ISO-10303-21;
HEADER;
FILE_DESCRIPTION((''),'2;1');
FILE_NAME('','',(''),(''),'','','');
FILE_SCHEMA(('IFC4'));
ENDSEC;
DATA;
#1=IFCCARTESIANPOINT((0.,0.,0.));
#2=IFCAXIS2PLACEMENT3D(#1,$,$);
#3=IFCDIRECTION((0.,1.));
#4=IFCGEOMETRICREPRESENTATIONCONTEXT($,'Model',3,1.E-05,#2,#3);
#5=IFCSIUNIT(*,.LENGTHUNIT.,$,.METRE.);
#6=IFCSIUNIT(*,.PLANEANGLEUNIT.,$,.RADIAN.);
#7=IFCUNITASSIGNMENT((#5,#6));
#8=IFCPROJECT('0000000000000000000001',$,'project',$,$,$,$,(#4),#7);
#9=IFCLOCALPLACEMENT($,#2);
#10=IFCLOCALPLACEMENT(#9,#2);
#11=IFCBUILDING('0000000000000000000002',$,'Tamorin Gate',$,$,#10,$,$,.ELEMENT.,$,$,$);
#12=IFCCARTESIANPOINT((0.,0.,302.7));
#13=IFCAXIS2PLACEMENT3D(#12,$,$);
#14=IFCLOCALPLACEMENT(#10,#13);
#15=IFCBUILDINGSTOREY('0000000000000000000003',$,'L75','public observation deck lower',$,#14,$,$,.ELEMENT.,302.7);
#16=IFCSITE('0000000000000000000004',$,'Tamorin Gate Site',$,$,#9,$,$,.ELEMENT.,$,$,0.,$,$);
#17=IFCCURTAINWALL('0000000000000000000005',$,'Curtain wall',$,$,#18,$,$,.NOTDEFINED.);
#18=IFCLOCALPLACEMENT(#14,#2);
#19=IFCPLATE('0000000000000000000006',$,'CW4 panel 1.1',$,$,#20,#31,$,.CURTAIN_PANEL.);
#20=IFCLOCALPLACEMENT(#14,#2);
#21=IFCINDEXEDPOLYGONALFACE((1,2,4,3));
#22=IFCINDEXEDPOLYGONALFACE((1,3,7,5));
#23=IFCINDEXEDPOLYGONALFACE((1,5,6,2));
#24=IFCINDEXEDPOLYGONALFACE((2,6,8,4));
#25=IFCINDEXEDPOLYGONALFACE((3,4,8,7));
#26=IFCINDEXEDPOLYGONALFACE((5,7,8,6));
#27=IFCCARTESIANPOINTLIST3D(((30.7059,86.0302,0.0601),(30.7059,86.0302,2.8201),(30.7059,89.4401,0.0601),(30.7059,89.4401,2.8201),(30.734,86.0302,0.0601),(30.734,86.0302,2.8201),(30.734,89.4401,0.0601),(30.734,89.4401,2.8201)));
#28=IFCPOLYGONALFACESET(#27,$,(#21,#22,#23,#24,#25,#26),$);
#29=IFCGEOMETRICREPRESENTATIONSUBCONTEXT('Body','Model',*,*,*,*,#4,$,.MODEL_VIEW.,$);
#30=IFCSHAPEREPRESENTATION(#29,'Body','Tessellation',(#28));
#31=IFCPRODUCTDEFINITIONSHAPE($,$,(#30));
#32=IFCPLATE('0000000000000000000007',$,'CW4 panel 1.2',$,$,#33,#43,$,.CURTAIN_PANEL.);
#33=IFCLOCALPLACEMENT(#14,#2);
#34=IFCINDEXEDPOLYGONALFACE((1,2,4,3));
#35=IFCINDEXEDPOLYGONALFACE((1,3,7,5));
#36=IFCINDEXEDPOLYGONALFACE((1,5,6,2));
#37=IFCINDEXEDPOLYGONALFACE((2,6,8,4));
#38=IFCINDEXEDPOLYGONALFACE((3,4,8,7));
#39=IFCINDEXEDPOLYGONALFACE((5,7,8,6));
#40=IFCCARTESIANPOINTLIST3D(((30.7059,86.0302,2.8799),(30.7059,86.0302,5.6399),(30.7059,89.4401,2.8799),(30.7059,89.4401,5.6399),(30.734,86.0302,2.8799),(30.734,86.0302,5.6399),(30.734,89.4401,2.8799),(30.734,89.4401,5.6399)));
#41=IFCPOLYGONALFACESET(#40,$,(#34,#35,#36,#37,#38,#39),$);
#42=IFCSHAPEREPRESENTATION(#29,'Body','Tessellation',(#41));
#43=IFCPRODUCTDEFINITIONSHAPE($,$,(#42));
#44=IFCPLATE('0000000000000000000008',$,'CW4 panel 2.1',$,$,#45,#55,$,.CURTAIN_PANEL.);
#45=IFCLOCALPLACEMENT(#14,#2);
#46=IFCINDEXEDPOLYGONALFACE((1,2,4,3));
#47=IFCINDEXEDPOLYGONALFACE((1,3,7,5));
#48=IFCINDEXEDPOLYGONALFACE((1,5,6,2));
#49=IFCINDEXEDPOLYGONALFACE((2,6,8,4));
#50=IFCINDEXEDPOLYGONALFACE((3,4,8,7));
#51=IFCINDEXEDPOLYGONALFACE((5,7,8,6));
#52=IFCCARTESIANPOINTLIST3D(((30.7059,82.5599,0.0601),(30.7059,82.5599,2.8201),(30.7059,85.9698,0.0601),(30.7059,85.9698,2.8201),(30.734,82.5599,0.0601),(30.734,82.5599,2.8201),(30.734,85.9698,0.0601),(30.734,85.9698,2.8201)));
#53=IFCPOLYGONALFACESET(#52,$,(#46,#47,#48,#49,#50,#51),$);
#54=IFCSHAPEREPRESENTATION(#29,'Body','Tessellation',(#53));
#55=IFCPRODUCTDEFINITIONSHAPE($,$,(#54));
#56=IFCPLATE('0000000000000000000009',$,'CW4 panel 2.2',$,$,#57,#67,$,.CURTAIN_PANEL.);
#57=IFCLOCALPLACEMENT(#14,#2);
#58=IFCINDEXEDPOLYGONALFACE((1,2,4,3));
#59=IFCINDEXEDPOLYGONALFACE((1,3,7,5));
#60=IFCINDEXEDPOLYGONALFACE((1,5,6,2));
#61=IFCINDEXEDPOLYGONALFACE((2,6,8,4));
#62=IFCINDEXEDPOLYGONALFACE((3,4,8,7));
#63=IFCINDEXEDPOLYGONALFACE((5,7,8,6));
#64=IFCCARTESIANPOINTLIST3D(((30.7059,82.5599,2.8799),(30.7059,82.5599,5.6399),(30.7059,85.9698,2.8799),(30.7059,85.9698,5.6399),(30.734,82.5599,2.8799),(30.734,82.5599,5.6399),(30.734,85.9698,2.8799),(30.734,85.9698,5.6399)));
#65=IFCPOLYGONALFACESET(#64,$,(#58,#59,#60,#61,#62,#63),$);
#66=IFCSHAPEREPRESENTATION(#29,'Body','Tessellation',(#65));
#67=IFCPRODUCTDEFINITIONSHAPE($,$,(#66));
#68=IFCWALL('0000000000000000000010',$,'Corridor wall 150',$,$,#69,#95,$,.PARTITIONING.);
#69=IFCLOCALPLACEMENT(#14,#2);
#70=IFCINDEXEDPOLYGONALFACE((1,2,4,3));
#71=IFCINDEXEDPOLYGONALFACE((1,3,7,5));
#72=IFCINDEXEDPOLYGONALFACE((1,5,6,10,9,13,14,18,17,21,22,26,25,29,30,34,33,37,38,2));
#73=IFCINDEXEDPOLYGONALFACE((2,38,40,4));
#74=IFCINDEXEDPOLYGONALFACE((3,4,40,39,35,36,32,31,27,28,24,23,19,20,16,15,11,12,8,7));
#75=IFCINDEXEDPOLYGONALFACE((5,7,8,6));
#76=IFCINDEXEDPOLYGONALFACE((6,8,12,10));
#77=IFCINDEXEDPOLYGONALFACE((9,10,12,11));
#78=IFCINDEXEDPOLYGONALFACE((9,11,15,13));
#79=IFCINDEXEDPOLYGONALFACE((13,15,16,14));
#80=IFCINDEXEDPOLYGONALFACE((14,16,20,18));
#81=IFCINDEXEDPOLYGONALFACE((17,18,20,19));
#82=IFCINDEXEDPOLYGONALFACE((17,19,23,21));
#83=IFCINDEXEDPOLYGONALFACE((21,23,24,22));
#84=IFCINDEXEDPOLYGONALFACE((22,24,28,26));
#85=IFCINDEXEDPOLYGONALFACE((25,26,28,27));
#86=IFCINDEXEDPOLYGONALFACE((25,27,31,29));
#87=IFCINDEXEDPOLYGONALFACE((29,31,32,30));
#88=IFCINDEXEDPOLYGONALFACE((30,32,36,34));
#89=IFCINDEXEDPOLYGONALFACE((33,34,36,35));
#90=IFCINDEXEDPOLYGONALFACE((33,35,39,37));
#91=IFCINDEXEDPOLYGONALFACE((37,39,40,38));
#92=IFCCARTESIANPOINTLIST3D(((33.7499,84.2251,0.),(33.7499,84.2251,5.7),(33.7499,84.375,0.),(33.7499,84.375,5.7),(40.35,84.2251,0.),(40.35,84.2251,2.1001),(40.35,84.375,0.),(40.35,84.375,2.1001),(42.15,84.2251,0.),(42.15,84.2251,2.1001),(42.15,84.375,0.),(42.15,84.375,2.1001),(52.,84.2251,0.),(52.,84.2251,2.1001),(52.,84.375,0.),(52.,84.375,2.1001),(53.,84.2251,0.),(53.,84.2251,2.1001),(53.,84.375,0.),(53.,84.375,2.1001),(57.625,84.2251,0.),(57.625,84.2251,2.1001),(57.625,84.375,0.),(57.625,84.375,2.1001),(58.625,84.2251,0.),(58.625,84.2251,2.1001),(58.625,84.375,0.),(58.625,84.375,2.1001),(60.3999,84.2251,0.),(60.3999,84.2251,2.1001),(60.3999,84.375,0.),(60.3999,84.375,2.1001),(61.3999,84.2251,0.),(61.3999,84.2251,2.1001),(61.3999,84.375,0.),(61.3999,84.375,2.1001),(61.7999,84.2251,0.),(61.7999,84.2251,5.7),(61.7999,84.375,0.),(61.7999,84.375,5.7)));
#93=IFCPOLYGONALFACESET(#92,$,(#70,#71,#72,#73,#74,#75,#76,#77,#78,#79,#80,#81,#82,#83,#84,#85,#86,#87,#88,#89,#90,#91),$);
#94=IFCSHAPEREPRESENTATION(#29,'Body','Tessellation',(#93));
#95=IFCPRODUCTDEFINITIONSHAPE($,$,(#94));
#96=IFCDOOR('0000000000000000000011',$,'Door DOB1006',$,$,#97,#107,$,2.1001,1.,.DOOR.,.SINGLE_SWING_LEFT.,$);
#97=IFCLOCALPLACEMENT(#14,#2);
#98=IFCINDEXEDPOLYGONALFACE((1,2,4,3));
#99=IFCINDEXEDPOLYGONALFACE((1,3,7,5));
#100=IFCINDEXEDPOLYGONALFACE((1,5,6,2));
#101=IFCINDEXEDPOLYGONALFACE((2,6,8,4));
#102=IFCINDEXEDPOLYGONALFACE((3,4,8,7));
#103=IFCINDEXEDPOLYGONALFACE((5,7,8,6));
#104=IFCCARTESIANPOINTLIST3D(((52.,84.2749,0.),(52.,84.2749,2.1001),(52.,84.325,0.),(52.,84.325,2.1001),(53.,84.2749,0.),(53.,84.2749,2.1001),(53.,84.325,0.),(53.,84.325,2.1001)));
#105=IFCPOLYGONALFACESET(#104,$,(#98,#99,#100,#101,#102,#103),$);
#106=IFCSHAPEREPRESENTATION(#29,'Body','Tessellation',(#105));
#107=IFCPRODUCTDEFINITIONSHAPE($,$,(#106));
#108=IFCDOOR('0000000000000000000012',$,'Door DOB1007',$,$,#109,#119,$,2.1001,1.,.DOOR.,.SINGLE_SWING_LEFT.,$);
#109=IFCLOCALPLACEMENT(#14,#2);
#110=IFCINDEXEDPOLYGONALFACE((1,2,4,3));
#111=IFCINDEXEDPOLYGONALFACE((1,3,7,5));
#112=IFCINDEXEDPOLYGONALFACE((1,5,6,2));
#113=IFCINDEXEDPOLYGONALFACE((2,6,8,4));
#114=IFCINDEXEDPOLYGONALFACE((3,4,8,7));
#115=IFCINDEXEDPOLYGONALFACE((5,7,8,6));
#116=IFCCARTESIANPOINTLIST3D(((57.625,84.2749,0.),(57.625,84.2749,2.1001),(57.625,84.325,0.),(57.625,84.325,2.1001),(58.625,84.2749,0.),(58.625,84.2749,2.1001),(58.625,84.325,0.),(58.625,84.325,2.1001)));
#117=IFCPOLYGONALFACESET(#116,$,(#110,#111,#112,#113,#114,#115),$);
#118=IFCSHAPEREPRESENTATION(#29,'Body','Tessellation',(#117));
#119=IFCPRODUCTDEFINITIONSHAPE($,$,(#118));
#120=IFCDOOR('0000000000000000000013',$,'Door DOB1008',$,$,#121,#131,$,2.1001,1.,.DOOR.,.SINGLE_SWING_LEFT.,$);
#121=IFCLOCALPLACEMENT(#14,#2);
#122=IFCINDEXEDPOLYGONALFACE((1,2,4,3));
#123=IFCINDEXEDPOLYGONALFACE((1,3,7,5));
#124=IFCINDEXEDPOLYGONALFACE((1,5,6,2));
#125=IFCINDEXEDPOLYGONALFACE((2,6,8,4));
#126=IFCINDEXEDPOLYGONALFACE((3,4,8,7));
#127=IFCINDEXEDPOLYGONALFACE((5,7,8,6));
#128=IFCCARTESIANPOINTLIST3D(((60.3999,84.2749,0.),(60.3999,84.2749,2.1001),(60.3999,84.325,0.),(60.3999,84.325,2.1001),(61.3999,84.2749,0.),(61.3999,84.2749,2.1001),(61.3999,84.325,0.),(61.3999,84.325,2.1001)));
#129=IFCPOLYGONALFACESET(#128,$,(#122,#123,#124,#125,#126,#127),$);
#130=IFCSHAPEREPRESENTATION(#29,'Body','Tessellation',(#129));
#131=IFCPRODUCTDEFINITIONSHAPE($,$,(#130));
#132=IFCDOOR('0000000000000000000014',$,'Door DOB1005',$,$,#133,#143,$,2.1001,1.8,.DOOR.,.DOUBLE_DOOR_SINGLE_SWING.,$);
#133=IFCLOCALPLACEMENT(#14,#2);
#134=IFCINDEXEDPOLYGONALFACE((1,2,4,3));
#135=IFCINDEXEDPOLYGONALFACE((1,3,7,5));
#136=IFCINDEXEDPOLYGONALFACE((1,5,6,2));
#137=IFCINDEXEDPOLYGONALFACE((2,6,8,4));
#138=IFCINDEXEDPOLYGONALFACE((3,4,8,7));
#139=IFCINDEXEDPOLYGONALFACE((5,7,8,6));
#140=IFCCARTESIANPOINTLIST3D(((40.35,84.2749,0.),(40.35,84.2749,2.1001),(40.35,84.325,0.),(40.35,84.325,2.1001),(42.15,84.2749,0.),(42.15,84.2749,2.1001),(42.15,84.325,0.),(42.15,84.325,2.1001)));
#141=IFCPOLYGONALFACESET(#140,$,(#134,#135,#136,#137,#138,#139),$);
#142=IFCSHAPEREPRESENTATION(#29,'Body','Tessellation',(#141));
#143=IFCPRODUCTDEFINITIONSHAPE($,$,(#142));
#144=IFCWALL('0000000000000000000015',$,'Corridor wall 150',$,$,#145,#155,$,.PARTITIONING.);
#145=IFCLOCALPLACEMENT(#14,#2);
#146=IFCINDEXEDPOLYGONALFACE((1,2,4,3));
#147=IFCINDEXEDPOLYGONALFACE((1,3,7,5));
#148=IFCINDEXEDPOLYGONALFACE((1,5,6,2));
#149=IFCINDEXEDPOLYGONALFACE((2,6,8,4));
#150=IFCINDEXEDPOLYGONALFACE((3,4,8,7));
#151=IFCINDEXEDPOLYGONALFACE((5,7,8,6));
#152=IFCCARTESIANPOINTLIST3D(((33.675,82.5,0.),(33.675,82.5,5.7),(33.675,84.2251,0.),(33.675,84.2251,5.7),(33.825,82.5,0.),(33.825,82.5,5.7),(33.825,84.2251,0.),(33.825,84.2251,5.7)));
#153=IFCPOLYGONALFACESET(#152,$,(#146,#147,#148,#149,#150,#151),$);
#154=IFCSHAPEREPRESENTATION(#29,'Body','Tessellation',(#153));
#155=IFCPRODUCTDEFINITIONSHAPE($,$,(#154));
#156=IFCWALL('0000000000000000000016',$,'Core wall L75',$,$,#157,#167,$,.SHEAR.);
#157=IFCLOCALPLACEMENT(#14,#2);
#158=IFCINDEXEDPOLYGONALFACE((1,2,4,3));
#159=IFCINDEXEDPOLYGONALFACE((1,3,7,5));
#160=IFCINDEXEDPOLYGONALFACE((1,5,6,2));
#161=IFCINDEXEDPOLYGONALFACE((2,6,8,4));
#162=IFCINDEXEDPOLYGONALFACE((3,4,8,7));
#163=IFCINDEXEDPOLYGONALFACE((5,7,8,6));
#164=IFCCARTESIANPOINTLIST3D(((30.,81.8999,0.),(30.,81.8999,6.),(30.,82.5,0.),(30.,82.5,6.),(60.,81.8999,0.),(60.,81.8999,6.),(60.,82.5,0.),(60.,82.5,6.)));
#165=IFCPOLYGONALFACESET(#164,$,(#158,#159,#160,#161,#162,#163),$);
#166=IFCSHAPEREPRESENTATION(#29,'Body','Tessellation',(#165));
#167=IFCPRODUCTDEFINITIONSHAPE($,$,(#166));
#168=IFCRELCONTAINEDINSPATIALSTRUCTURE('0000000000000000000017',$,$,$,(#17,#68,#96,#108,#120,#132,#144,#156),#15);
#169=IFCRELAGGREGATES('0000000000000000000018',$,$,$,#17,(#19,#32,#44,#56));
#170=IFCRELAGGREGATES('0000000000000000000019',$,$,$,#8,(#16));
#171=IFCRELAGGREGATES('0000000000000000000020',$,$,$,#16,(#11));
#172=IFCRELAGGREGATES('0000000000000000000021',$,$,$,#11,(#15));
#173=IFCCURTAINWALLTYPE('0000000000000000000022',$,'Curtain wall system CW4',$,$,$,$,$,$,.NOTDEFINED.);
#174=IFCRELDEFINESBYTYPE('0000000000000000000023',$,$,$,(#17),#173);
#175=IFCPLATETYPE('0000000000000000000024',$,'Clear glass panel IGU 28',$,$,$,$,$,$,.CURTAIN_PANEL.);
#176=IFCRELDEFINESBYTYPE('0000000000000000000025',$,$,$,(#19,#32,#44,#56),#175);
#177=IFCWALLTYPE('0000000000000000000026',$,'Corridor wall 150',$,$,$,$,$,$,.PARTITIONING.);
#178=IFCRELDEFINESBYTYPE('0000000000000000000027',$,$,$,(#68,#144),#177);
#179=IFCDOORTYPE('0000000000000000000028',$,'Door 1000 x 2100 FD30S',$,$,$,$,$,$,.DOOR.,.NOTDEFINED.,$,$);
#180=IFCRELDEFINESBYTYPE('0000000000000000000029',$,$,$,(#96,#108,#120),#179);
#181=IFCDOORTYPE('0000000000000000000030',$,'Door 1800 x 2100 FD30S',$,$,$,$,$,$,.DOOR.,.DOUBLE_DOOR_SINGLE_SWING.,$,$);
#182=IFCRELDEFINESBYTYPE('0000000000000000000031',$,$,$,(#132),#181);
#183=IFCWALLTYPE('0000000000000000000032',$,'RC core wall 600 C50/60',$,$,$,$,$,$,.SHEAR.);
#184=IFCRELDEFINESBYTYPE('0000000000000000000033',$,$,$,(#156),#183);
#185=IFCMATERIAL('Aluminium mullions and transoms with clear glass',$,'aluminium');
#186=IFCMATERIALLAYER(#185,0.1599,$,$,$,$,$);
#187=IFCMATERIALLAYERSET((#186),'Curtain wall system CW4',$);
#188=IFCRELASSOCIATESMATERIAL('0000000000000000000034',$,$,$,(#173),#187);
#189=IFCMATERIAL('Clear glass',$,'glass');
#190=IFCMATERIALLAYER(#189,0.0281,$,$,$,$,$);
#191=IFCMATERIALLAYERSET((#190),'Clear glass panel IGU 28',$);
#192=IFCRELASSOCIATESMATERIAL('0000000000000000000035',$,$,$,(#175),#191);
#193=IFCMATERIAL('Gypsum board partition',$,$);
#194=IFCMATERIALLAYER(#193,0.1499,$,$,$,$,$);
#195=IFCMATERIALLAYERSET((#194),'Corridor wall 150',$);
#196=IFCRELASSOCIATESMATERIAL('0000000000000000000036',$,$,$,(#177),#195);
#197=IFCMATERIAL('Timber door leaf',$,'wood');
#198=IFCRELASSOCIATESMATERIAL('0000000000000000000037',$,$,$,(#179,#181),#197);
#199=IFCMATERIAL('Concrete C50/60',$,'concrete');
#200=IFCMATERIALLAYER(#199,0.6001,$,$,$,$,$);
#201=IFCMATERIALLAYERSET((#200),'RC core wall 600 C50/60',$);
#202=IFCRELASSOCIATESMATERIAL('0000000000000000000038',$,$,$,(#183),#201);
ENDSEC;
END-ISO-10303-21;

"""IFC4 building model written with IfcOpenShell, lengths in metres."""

from ifc_helpers import new_model, si_unit, direction, frame, frame_2d, origin, origin_2d, place, context, subcontext, project, spatial, rectangle, extrude, material, layer, layer_set, type_object, element, fill, aggregate, save


model = new_model("IFC4")

# Units and contexts
model_context = context("Model", 3, precision=1e-05, world=origin(), true_north=direction((0.0, 1.0)))
body_context = subcontext(model_context, "Body", "Model", "MODEL_VIEW")
ifc_project = project(units=[si_unit("LENGTHUNIT", "METRE"), si_unit("PLANEANGLEUNIT", "RADIAN")], contexts=[model_context])

# Site, building, storey
site_placement = place(None, origin())
site = spatial("IfcSite", under=ifc_project, at=site_placement, Name="Tamorin Gate Site", CompositionType="ELEMENT", RefElevation=0.0)
building_placement = place(site_placement, origin())
building = spatial("IfcBuilding", under=site, at=building_placement, Name="Tamorin Gate", CompositionType="ELEMENT")
storey_placement = place(building_placement, frame((0.0, 0.0, 302.7)))
storey = spatial("IfcBuildingStorey", under=building, at=storey_placement, Name="L75", Description="public observation deck lower", CompositionType="ELEMENT", Elevation=302.7)

# Shared definitions
ifc_material_1 = material(Name="Concrete C50/60", Category="concrete")

# Curtain wall
ifc_material_2 = material(Name="Aluminium mullions and transoms with clear glass", Category="aluminium")
ifc_layer_1 = layer(ifc_material_2, 0.1599)
ifc_layer_set_1 = layer_set([ifc_layer_1], Name="Curtain wall system CW4")
curtain_wall_type = type_object("IfcCurtainWallType", Name="Curtain wall system CW4", PredefinedType="NOTDEFINED", material=ifc_layer_set_1)
curtain_wall_placement = place(storey_placement, origin())
curtain_wall = element("IfcCurtainWall", 1, at=curtain_wall_placement, inside=storey, type_object=curtain_wall_type, Name="Curtain wall", PredefinedType="NOTDEFINED")

# Plates
ifc_material_3 = material(Name="Clear glass", Category="glass")
ifc_layer_2 = layer(ifc_material_3, 0.0281)
ifc_layer_set_2 = layer_set([ifc_layer_2], Name="Clear glass panel IGU 28")
plate_type = type_object("IfcPlateType", Name="Clear glass panel IGU 28", PredefinedType="CURTAIN_PANEL", material=ifc_layer_set_2)
plate_1_placement = place(storey_placement, frame((30.72, 87.7351, 0.0601), z_axis=(0.0, 0.0, 1.0), x_axis=(0.0, -1.0, 0.0)))
plate_1 = element("IfcPlate", 2, at=plate_1_placement, type_object=plate_type, Name="CW4 panel 1.1", PredefinedType="CURTAIN_PANEL", context=body_context, shape_type="SweptSolid", body=[
    extrude(rectangle(XDim=3.4099, YDim=0.0281, at=origin_2d()), origin(), (0.0, 0.0, 1.0), 2.76),
])
plate_2_placement = place(storey_placement, frame((30.72, 87.7351, 2.8799), z_axis=(0.0, 0.0, 1.0), x_axis=(0.0, -1.0, 0.0)))
plate_2 = element("IfcPlate", 3, at=plate_2_placement, type_object=plate_type, Name="CW4 panel 1.2", PredefinedType="CURTAIN_PANEL", context=body_context, shape_type="SweptSolid", body=[
    extrude(rectangle(XDim=3.4099, YDim=0.0281, at=origin_2d()), origin(), (0.0, 0.0, 1.0), 2.76),
])
plate_3_placement = place(storey_placement, frame((30.72, 84.2649, 0.0601), z_axis=(0.0, 0.0, 1.0), x_axis=(0.0, -1.0, 0.0)))
plate_3 = element("IfcPlate", 4, at=plate_3_placement, type_object=plate_type, Name="CW4 panel 2.1", PredefinedType="CURTAIN_PANEL", context=body_context, shape_type="SweptSolid", body=[
    extrude(rectangle(XDim=3.4099, YDim=0.0281, at=origin_2d()), origin(), (0.0, 0.0, 1.0), 2.76),
])
plate_4_placement = place(storey_placement, frame((30.72, 84.2649, 2.8799), z_axis=(0.0, 0.0, 1.0), x_axis=(0.0, -1.0, 0.0)))
plate_4 = element("IfcPlate", 5, at=plate_4_placement, type_object=plate_type, Name="CW4 panel 2.2", PredefinedType="CURTAIN_PANEL", context=body_context, shape_type="SweptSolid", body=[
    extrude(rectangle(XDim=3.4099, YDim=0.0281, at=origin_2d()), origin(), (0.0, 0.0, 1.0), 2.76),
])
aggregate(curtain_wall, [plate_1, plate_2, plate_3, plate_4])

# Wall, openings, doors
ifc_material_4 = material(Name="Gypsum board partition")
ifc_layer_3 = layer(ifc_material_4, 0.1499)
ifc_layer_set_3 = layer_set([ifc_layer_3], Name="Corridor wall 150")
wall_type_1 = type_object("IfcWallType", Name="Corridor wall 150", PredefinedType="PARTITIONING", material=ifc_layer_set_3)
wall_1_placement = place(storey_placement, frame((33.75, 84.3, 0.0), z_axis=(0.0, 0.0, 1.0), x_axis=(1.0, 0.0, 0.0)))
wall_1 = element("IfcWall", 6, at=wall_1_placement, inside=storey, type_object=wall_type_1, Name="Corridor wall 150", PredefinedType="PARTITIONING", context=body_context, shape_type="SweptSolid", body=[
    extrude(rectangle(XDim=28.05, YDim=0.1499, at=frame_2d((14.0249, 0.0))), origin(), (0.0, 0.0, 1.0), 5.7),
])
opening_1_placement = place(wall_1_placement, frame((6.6001, 0.0, 0.0)))
opening_1 = element("IfcOpeningElement", 7, at=opening_1_placement, cuts=wall_1, PredefinedType="OPENING", context=body_context, shape_type="SweptSolid", body=[
    extrude(rectangle(XDim=1.8, YDim=2.1001, at=frame_2d((0.8999, 1.05))), frame((0.0, 0.085, 0.0), z_axis=(0.0, -1.0, 0.0), x_axis=(1.0, 0.0, 0.0)), (0.0, 0.0, 1.0), 0.1699),
])
opening_2_placement = place(wall_1_placement, frame((18.25, 0.0, 0.0)))
opening_2 = element("IfcOpeningElement", 8, at=opening_2_placement, cuts=wall_1, PredefinedType="OPENING", context=body_context, shape_type="SweptSolid", body=[
    extrude(rectangle(XDim=1.0, YDim=2.1001, at=frame_2d((0.5, 1.05))), frame((0.0, 0.085, 0.0), z_axis=(0.0, -1.0, 0.0), x_axis=(1.0, 0.0, 0.0)), (0.0, 0.0, 1.0), 0.1699),
])
opening_3_placement = place(wall_1_placement, frame((23.875, 0.0, 0.0)))
opening_3 = element("IfcOpeningElement", 9, at=opening_3_placement, cuts=wall_1, PredefinedType="OPENING", context=body_context, shape_type="SweptSolid", body=[
    extrude(rectangle(XDim=1.0, YDim=2.1001, at=frame_2d((0.5, 1.05))), frame((0.0, 0.085, 0.0), z_axis=(0.0, -1.0, 0.0), x_axis=(1.0, 0.0, 0.0)), (0.0, 0.0, 1.0), 0.1699),
])
opening_4_placement = place(wall_1_placement, frame((26.6499, 0.0, 0.0)))
opening_4 = element("IfcOpeningElement", 10, at=opening_4_placement, cuts=wall_1, PredefinedType="OPENING", context=body_context, shape_type="SweptSolid", body=[
    extrude(rectangle(XDim=1.0, YDim=2.1001, at=frame_2d((0.5, 1.05))), frame((0.0, 0.085, 0.0), z_axis=(0.0, -1.0, 0.0), x_axis=(1.0, 0.0, 0.0)), (0.0, 0.0, 1.0), 0.1699),
])
ifc_material_5 = material(Name="Timber door leaf", Category="wood")
door_type_1 = type_object("IfcDoorType", Name="Door 1000 x 2100 FD30S", OperationType="NOTDEFINED", PredefinedType="DOOR", material=ifc_material_5)
door_1_placement = place(opening_2_placement, origin())
door_1 = element("IfcDoor", 11, at=door_1_placement, inside=storey, type_object=door_type_1, Name="Door DOB1006", OperationType="SINGLE_SWING_LEFT", OverallHeight=2.1001, OverallWidth=1.0, PredefinedType="DOOR", context=body_context, shape_type="SweptSolid", body=[
    extrude(rectangle(XDim=1.0, YDim=2.1001, at=frame_2d((0.5, 1.05))), frame((0.0, 0.0249, 0.0), z_axis=(0.0, -1.0, 0.0), x_axis=(1.0, 0.0, 0.0)), (0.0, 0.0, 1.0), 0.05),
])
fill(opening_2, door_1)
door_2_placement = place(opening_3_placement, origin())
door_2 = element("IfcDoor", 12, at=door_2_placement, inside=storey, type_object=door_type_1, Name="Door DOB1007", OperationType="SINGLE_SWING_LEFT", OverallHeight=2.1001, OverallWidth=1.0, PredefinedType="DOOR", context=body_context, shape_type="SweptSolid", body=[
    extrude(rectangle(XDim=1.0, YDim=2.1001, at=frame_2d((0.5, 1.05))), frame((0.0, 0.0249, 0.0), z_axis=(0.0, -1.0, 0.0), x_axis=(1.0, 0.0, 0.0)), (0.0, 0.0, 1.0), 0.05),
])
fill(opening_3, door_2)
door_3_placement = place(opening_4_placement, origin())
door_3 = element("IfcDoor", 13, at=door_3_placement, inside=storey, type_object=door_type_1, Name="Door DOB1008", OperationType="SINGLE_SWING_LEFT", OverallHeight=2.1001, OverallWidth=1.0, PredefinedType="DOOR", context=body_context, shape_type="SweptSolid", body=[
    extrude(rectangle(XDim=1.0, YDim=2.1001, at=frame_2d((0.5, 1.05))), frame((0.0, 0.0249, 0.0), z_axis=(0.0, -1.0, 0.0), x_axis=(1.0, 0.0, 0.0)), (0.0, 0.0, 1.0), 0.05),
])
fill(opening_4, door_3)
door_type_2 = type_object("IfcDoorType", Name="Door 1800 x 2100 FD30S", OperationType="DOUBLE_DOOR_SINGLE_SWING", PredefinedType="DOOR", material=ifc_material_5)
door_4_placement = place(opening_1_placement, origin())
door_4 = element("IfcDoor", 14, at=door_4_placement, inside=storey, type_object=door_type_2, Name="Door DOB1005", OperationType="DOUBLE_DOOR_SINGLE_SWING", OverallHeight=2.1001, OverallWidth=1.8, PredefinedType="DOOR", context=body_context, shape_type="SweptSolid", body=[
    extrude(rectangle(XDim=1.8, YDim=2.1001, at=frame_2d((0.8999, 1.05))), frame((0.0, 0.0249, 0.0), z_axis=(0.0, -1.0, 0.0), x_axis=(1.0, 0.0, 0.0)), (0.0, 0.0, 1.0), 0.05),
])
fill(opening_1, door_4)

# Walls
wall_2_placement = place(storey_placement, frame((33.75, 82.5, 0.0), z_axis=(0.0, 0.0, 1.0), x_axis=(0.0, 1.0, 0.0)))
element("IfcWall", 15, at=wall_2_placement, inside=storey, type_object=wall_type_1, Name="Corridor wall 150", PredefinedType="PARTITIONING", context=body_context, shape_type="SweptSolid", body=[
    extrude(rectangle(XDim=1.7251, YDim=0.1499, at=frame_2d((0.8625, 0.0))), origin(), (0.0, 0.0, 1.0), 5.7),
])
ifc_layer_4 = layer(ifc_material_1, 0.6001)
ifc_layer_set_4 = layer_set([ifc_layer_4], Name="RC core wall 600 C50/60")
wall_type_2 = type_object("IfcWallType", Name="RC core wall 600 C50/60", PredefinedType="SHEAR", material=ifc_layer_set_4)
wall_3_placement = place(storey_placement, frame((30.0, 82.2, 0.0), z_axis=(0.0, 0.0, 1.0), x_axis=(1.0, 0.0, 0.0)))
element("IfcWall", 16, at=wall_3_placement, inside=storey, type_object=wall_type_2, Name="Core wall L75", PredefinedType="SHEAR", context=body_context, shape_type="SweptSolid", body=[
    extrude(rectangle(XDim=30.0, YDim=0.6001, at=frame_2d((15.0, 0.0))), origin(), (0.0, 0.0, 1.0), 6.0),
])

save(model, "model.ifc")
